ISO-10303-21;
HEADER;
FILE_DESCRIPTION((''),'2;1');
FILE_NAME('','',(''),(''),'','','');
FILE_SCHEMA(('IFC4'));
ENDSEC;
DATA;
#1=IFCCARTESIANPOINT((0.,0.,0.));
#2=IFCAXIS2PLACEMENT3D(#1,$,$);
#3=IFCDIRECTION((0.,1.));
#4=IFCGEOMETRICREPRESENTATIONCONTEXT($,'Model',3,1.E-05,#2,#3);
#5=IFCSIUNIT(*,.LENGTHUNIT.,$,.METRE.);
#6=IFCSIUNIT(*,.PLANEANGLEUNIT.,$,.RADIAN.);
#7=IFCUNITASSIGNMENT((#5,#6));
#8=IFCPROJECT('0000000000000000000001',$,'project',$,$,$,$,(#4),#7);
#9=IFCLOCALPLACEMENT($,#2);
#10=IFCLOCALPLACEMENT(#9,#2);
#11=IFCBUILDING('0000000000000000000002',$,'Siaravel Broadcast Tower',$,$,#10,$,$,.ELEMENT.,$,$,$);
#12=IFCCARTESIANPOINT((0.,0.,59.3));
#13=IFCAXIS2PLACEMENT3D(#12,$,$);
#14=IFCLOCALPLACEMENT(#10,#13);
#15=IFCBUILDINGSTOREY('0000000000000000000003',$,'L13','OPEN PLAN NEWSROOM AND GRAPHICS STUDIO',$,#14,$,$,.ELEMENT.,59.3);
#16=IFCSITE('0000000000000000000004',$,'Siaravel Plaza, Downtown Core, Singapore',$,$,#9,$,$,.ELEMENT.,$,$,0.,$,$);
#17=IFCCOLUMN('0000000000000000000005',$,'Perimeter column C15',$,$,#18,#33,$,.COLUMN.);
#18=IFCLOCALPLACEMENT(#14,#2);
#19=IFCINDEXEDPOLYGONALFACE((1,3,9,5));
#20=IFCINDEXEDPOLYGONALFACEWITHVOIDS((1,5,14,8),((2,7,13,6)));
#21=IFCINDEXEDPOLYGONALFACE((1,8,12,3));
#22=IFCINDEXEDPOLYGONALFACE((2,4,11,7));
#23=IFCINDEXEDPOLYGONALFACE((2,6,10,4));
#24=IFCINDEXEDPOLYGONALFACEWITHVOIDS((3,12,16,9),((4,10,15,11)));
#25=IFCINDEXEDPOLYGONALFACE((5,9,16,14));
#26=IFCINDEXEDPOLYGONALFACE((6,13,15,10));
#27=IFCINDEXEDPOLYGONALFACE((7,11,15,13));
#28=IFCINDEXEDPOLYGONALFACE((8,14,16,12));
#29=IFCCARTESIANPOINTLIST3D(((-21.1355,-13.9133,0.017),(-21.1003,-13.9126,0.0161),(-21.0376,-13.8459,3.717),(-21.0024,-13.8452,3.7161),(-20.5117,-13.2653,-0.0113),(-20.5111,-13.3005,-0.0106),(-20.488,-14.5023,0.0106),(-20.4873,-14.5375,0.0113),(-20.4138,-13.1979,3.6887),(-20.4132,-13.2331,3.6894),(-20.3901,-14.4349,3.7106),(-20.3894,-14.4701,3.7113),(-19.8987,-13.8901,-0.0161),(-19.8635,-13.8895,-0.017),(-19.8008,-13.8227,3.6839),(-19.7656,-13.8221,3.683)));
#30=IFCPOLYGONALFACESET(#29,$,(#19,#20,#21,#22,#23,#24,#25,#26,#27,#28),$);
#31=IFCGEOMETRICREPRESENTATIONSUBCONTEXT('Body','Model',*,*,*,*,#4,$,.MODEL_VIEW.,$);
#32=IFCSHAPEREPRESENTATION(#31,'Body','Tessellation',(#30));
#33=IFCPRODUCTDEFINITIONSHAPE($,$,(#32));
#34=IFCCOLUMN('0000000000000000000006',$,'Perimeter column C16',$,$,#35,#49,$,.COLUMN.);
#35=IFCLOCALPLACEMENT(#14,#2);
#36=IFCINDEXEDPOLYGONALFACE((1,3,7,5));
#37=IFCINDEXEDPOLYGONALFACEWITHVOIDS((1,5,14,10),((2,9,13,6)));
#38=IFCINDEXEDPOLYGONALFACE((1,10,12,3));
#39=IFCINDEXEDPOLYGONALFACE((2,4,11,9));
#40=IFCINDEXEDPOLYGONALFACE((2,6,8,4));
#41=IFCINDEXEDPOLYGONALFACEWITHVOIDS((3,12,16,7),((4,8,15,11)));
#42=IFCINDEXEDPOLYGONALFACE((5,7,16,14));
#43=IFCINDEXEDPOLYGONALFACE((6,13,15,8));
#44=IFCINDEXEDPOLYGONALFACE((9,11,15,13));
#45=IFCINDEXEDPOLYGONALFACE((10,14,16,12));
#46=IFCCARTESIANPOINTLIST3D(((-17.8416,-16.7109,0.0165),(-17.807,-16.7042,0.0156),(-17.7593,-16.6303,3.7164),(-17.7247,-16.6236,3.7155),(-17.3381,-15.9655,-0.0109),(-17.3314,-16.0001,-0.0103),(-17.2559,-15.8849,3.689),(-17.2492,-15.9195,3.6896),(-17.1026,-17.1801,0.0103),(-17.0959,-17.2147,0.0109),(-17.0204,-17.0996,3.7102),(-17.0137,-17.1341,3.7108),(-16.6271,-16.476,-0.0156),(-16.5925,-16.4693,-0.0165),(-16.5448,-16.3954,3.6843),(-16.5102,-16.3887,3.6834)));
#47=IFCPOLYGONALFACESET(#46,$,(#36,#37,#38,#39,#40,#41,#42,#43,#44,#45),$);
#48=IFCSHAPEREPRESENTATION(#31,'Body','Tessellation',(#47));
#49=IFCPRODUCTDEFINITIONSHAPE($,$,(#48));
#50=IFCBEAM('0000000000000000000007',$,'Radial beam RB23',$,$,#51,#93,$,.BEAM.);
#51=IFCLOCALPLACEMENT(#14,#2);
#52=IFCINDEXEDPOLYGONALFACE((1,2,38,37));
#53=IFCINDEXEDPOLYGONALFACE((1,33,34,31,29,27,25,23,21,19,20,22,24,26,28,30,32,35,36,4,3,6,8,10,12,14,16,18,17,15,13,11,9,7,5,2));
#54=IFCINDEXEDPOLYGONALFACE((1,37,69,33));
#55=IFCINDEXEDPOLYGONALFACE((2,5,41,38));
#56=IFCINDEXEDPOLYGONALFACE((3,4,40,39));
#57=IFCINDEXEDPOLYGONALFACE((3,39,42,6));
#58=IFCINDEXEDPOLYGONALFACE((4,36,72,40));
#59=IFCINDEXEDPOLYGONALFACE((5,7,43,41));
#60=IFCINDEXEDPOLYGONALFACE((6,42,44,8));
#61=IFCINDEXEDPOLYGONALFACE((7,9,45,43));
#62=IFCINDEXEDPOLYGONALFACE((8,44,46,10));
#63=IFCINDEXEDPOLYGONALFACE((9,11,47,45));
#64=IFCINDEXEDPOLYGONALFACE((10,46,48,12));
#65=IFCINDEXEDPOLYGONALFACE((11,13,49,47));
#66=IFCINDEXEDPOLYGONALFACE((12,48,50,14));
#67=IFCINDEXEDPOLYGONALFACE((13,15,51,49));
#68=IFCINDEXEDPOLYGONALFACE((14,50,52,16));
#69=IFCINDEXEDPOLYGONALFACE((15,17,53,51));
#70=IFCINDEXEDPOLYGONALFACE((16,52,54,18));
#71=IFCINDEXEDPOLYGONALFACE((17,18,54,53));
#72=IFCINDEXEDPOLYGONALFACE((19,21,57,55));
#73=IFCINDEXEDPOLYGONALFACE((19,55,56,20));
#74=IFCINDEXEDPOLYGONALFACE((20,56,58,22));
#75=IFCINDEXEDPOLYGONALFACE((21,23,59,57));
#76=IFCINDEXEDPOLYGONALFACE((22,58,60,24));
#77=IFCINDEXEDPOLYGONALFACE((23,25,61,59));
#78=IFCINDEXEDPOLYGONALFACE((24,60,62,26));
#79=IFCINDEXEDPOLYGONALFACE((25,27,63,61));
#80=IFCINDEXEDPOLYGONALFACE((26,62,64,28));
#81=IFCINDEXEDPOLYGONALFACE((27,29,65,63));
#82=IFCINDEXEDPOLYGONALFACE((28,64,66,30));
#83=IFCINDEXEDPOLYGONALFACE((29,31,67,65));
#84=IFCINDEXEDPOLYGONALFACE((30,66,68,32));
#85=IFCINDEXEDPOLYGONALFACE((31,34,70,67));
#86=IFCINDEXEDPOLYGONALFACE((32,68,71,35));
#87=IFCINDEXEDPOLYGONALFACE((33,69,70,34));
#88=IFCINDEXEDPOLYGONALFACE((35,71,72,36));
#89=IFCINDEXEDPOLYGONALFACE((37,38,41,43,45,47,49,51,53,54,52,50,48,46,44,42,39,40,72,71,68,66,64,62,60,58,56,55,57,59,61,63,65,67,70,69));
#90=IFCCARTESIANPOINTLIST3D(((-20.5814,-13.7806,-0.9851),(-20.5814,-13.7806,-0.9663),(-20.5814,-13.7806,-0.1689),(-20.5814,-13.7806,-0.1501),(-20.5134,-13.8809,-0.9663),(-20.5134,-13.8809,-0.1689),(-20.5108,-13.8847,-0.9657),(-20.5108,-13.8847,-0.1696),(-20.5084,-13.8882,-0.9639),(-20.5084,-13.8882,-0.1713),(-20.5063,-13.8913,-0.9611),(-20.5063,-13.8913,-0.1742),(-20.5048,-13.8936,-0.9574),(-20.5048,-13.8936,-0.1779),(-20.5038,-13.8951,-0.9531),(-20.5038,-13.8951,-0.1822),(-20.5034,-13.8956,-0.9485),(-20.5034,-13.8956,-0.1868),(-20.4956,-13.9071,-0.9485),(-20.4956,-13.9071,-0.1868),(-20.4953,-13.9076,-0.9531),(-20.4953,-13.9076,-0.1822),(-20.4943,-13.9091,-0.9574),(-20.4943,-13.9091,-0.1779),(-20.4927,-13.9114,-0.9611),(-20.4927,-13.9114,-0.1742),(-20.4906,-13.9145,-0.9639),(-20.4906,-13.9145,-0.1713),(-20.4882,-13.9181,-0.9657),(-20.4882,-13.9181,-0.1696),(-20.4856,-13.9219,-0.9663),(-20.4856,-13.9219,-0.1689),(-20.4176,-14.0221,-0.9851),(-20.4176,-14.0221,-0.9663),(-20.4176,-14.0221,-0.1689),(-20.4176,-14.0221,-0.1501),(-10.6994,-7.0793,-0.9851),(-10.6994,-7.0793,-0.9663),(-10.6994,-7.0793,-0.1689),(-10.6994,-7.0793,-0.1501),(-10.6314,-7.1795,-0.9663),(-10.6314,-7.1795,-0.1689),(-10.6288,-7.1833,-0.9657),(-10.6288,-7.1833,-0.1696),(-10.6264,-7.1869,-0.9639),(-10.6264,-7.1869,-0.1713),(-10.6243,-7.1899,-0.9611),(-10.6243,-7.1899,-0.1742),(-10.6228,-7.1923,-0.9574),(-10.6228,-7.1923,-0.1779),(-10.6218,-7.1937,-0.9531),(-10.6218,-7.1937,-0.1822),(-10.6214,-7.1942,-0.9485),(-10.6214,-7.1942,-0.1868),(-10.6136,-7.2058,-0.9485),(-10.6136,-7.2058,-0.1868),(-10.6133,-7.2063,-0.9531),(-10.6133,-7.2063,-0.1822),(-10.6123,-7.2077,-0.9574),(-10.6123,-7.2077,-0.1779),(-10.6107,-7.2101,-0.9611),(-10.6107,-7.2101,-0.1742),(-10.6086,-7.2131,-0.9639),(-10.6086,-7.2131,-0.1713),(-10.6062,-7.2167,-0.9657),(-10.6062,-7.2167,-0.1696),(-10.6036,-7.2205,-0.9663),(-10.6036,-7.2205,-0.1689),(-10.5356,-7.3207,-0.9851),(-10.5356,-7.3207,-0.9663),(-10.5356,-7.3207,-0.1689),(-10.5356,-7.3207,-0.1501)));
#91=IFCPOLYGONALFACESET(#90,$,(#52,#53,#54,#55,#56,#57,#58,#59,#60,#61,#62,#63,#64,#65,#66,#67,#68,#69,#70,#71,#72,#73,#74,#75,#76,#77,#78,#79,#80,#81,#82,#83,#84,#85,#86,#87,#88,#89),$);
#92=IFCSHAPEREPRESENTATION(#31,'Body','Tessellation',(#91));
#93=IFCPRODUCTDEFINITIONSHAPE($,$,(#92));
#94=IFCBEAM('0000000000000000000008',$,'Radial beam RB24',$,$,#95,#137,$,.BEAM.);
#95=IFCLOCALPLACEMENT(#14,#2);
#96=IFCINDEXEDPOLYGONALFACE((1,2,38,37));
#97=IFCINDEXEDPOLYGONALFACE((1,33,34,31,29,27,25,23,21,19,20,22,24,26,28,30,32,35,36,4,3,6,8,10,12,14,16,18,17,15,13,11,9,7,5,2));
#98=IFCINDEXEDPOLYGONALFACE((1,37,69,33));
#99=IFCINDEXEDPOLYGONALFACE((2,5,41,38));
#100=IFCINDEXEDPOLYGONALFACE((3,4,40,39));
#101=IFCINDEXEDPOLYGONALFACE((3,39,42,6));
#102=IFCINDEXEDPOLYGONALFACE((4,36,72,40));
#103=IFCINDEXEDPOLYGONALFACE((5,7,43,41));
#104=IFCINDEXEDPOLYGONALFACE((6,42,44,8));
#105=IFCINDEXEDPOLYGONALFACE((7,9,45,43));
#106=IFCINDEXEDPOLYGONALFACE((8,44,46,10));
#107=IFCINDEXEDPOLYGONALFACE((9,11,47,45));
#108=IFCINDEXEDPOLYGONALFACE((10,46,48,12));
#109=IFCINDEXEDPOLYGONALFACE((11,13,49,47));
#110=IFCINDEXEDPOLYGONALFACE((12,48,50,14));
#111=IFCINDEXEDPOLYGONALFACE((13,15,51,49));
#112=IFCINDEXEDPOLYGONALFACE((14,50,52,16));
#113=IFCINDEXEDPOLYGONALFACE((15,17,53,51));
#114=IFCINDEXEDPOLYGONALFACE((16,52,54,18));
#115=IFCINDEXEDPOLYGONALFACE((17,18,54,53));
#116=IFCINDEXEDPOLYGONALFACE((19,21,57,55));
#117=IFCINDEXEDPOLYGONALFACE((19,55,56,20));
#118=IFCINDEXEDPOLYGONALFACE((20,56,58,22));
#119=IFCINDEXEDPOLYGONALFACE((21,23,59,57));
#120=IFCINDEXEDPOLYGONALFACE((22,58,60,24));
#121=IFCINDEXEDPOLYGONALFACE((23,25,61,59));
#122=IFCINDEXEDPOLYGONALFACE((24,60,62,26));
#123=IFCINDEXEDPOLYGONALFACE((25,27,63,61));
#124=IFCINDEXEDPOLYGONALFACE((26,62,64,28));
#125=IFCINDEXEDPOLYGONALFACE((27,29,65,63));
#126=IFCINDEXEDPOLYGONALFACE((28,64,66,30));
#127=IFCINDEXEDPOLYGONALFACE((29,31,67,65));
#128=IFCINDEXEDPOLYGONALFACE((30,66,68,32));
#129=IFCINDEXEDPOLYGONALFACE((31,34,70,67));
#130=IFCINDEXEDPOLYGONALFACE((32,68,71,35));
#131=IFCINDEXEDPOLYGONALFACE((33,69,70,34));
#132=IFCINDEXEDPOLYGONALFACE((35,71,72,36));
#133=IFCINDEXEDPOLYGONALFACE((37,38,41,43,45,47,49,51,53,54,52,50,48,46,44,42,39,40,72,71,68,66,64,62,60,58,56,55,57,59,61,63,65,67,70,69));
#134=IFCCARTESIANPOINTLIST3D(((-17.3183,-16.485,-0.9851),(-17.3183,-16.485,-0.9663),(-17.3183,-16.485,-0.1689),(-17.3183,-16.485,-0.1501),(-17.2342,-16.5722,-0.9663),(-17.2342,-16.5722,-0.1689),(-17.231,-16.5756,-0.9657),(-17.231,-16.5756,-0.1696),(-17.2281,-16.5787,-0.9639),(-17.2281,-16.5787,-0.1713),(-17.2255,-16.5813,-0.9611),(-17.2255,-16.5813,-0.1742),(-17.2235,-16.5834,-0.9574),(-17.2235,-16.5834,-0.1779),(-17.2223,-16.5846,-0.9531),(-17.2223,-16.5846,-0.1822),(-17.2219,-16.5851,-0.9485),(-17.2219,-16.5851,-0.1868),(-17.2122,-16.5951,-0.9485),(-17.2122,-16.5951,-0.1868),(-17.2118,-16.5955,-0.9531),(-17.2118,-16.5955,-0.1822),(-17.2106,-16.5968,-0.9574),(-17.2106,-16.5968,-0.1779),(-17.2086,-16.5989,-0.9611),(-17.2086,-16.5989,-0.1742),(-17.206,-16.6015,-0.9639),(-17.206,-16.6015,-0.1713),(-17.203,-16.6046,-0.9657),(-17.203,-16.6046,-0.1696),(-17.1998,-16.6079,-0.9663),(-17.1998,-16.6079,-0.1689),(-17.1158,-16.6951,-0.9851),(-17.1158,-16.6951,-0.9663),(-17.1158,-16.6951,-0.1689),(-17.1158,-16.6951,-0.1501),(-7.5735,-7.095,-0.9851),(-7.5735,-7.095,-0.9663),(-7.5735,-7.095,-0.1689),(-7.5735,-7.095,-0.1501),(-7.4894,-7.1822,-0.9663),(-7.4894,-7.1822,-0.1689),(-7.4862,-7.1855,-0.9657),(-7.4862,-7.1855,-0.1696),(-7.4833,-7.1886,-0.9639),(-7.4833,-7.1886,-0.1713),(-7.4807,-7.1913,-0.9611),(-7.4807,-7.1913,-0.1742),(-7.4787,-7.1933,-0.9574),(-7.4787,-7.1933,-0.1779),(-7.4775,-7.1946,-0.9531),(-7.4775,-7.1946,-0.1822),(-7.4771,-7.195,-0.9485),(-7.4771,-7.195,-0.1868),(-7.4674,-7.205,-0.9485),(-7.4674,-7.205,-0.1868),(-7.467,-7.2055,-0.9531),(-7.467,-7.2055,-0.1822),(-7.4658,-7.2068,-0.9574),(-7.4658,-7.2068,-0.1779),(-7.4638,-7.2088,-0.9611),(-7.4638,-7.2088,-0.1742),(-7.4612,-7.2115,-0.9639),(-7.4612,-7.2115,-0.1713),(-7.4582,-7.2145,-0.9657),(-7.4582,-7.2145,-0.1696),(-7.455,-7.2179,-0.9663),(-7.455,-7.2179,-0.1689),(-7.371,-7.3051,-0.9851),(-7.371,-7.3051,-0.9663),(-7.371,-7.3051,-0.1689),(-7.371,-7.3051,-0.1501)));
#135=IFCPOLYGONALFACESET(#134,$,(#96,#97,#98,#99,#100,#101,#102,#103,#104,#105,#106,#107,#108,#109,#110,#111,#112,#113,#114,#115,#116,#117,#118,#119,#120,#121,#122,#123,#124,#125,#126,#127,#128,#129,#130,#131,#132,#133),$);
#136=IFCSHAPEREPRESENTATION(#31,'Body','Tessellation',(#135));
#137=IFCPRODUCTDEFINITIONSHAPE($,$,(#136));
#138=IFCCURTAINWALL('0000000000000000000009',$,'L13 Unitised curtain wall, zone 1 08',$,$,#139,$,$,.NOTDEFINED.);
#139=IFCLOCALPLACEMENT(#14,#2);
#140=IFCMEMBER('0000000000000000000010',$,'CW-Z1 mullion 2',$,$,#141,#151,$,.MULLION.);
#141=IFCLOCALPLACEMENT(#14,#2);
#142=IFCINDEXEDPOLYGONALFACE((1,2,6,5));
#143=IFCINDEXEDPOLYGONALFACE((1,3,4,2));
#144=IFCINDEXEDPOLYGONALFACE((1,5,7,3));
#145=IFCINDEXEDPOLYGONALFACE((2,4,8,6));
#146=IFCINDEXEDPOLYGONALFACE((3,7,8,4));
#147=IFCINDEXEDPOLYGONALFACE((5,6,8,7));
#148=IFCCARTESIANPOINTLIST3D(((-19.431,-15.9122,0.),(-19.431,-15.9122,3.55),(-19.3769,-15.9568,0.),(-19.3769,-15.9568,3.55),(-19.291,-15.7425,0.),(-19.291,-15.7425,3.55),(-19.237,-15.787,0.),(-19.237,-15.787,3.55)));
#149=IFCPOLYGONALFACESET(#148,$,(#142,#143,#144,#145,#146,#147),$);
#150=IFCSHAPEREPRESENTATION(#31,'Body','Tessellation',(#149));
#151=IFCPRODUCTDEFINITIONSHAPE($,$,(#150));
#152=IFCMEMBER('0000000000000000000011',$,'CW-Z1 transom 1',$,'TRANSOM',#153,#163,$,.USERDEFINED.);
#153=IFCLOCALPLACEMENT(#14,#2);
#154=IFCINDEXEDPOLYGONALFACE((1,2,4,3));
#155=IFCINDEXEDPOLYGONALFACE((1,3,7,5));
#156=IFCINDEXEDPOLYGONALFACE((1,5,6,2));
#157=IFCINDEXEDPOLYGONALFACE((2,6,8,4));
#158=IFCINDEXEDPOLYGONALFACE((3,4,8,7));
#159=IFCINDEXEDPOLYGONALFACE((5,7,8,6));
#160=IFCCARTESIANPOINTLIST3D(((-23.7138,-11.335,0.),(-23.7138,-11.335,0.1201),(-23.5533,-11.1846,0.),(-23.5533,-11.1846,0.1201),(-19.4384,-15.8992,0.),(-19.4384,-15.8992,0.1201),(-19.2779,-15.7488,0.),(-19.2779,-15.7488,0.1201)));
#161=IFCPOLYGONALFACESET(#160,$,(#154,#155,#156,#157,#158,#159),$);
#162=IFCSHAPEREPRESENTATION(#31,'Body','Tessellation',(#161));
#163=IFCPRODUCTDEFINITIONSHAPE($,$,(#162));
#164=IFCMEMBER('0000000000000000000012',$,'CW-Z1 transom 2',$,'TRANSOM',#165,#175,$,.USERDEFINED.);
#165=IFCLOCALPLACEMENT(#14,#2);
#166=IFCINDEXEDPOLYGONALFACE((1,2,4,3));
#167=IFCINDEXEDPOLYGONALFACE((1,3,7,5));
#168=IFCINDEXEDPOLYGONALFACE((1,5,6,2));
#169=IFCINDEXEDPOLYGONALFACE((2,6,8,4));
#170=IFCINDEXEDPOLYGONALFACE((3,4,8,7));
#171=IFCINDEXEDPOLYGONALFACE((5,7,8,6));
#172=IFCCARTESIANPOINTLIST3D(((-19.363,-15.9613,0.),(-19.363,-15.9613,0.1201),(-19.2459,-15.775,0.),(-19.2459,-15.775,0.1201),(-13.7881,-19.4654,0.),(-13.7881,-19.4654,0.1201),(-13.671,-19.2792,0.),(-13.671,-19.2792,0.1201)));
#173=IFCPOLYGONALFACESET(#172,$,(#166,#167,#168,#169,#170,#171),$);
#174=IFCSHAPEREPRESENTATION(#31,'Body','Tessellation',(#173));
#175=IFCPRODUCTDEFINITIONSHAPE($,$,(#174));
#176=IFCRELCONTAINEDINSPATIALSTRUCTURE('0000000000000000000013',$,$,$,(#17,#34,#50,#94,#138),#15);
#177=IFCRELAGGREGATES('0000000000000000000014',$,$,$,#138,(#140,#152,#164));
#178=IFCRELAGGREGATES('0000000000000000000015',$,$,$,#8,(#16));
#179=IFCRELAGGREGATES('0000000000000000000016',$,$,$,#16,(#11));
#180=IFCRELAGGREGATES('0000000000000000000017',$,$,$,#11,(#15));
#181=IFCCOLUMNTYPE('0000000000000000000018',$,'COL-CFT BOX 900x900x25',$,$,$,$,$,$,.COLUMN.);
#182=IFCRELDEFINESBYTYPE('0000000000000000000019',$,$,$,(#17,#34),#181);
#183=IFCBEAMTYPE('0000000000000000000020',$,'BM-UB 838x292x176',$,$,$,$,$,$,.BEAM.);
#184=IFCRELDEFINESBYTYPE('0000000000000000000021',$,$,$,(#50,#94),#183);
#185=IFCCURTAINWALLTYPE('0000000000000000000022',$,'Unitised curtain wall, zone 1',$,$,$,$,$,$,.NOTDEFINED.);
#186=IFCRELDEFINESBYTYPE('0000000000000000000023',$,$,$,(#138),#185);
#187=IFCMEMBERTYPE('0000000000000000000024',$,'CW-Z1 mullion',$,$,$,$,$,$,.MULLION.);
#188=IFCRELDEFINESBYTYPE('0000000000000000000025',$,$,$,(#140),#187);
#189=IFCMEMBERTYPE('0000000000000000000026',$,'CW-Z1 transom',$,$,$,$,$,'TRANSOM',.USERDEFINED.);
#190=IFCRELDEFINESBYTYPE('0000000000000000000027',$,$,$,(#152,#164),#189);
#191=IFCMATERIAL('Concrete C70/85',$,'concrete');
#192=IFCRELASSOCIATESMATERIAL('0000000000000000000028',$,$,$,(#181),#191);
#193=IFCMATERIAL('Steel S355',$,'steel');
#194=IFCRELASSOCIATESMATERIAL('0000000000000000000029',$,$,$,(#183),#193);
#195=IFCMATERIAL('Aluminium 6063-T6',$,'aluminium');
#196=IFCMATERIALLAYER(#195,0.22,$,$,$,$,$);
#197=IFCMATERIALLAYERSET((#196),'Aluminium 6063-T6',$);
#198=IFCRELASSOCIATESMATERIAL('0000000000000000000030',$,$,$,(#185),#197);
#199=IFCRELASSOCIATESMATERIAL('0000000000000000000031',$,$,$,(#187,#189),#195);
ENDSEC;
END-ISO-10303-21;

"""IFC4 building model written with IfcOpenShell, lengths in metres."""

from ifc_helpers import new_model, si_unit, direction, frame, origin, origin_2d, place, context, subcontext, project, spatial, rectangle, hollow_rectangle, i_section, extrude, material, layer, layer_set, material_profile, profile_set, type_object, element, aggregate, save


model = new_model("IFC4")

# Units and contexts
model_context = context("Model", 3, precision=1e-05, world=origin(), true_north=direction((0.0, 1.0)))
body_context = subcontext(model_context, "Body", "Model", "MODEL_VIEW")
ifc_project = project(units=[si_unit("LENGTHUNIT", "METRE"), si_unit("PLANEANGLEUNIT", "RADIAN")], contexts=[model_context])

# Site, building, storey
site_placement = place(None, origin())
site = spatial("IfcSite", under=ifc_project, at=site_placement, Name="Siaravel Plaza, Downtown Core, Singapore", CompositionType="ELEMENT", RefElevation=0.0)
building_placement = place(site_placement, origin())
building = spatial("IfcBuilding", under=site, at=building_placement, Name="Siaravel Broadcast Tower", CompositionType="ELEMENT")
storey_placement = place(building_placement, frame((0.0, 0.0, 59.3)))
storey = spatial("IfcBuildingStorey", under=building, at=storey_placement, Name="L13", Description="OPEN PLAN NEWSROOM AND GRAPHICS STUDIO", CompositionType="ELEMENT", Elevation=59.3)

# Columns
ifc_material_1 = material(Name="Concrete C70/85", Category="concrete")
ifc_material_profile_1 = material_profile(ifc_material_1, hollow_rectangle(XDim=0.8999, YDim=0.8999, WallThickness=0.0249, at=origin_2d()))
ifc_profile_set_1 = profile_set([ifc_material_profile_1], Name="Concrete C70/85")
column_type = type_object("IfcColumnType", Name="COL-CFT BOX 900x900x25", PredefinedType="COLUMN", material=ifc_profile_set_1)
column_1_placement = place(storey_placement, frame((-20.4995, -13.9014, 0.0), z_axis=(0.026446, 0.018202, 0.999484), x_axis=(-0.720307, 0.693626, 0.006427)))
element("IfcColumn", 1, at=column_1_placement, inside=storey, type_object=column_type, Name="Perimeter column C15", PredefinedType="COLUMN", context=body_context, shape_type="SweptSolid", body=[
    extrude(hollow_rectangle(XDim=0.8999, YDim=0.8999, WallThickness=0.0249, at=origin_2d()), origin(), (0.0, 0.0, 1.0), 3.7019),
])
column_2_placement = place(storey_placement, frame((-17.217, -16.5901, 0.0), z_axis=(0.022226, 0.021764, 0.999516), x_axis=(-0.828575, 0.559843, 0.006234)))
element("IfcColumn", 2, at=column_2_placement, inside=storey, type_object=column_type, Name="Perimeter column C16", PredefinedType="COLUMN", context=body_context, shape_type="SweptSolid", body=[
    extrude(hollow_rectangle(XDim=0.8999, YDim=0.8999, WallThickness=0.0249, at=origin_2d()), origin(), (0.0, 0.0, 1.0), 3.7017),
])

# Beams
ifc_material_2 = material(Name="Steel S355", Category="steel")
ifc_material_profile_2 = material_profile(ifc_material_2, i_section(OverallWidth=0.2917, OverallDepth=0.835, WebThickness=0.0139, FlangeThickness=0.0188, FilletRadius=0.0178, at=origin_2d()))
ifc_profile_set_2 = profile_set([ifc_material_profile_2], Name="Steel S355")
beam_type = type_object("IfcBeamType", Name="BM-UB 838x292x176", PredefinedType="BEAM", material=ifc_profile_set_2)
beam_1_placement = place(storey_placement, frame((-20.4995, -13.9014, -0.5676), z_axis=(0.827642, 0.561256, 0.0), x_axis=(-0.561256, 0.827642, 0.0)))
element("IfcBeam", 3, at=beam_1_placement, inside=storey, type_object=beam_type, Name="Radial beam RB23", PredefinedType="BEAM", context=body_context, shape_type="SweptSolid", body=[
    extrude(i_section(OverallWidth=0.2917, OverallDepth=0.835, WebThickness=0.0139, FlangeThickness=0.0188, FilletRadius=0.0178, at=origin_2d()), origin(), (0.0, 0.0, 1.0), 11.9399),
])
beam_2_placement = place(storey_placement, frame((-17.217, -16.5901, -0.5676), z_axis=(0.720092, 0.693879, 0.0), x_axis=(-0.693879, 0.720092, 0.0)))
element("IfcBeam", 4, at=beam_2_placement, inside=storey, type_object=beam_type, Name="Radial beam RB24", PredefinedType="BEAM", context=body_context, shape_type="SweptSolid", body=[
    extrude(i_section(OverallWidth=0.2917, OverallDepth=0.835, WebThickness=0.0139, FlangeThickness=0.0188, FilletRadius=0.0178, at=origin_2d()), origin(), (0.0, 0.0, 1.0), 13.5327),
])

# Curtain wall, members
ifc_material_3 = material(Name="Aluminium 6063-T6", Category="aluminium")
ifc_layer_1 = layer(ifc_material_3, 0.22)
ifc_layer_set_1 = layer_set([ifc_layer_1], Name="Aluminium 6063-T6")
curtain_wall_type = type_object("IfcCurtainWallType", Name="Unitised curtain wall, zone 1", PredefinedType="NOTDEFINED", material=ifc_layer_set_1)
curtain_wall_placement = place(storey_placement, origin())
curtain_wall = element("IfcCurtainWall", 5, at=curtain_wall_placement, inside=storey, type_object=curtain_wall_type, Name="L13 Unitised curtain wall, zone 1 08", PredefinedType="NOTDEFINED")
ifc_material_profile_3 = material_profile(ifc_material_3, rectangle(XDim=0.22, YDim=0.0701, at=origin_2d()))
ifc_profile_set_3 = profile_set([ifc_material_profile_3], Name="Aluminium 6063-T6")
member_type_1 = type_object("IfcMemberType", Name="CW-Z1 mullion", PredefinedType="MULLION", material=ifc_profile_set_3)
member_1_placement = place(storey_placement, frame((-19.334, -15.8496, 0.0), z_axis=(0.0, 0.0, 1.0), x_axis=(0.636217, 0.77151, 0.0)))
member_1 = element("IfcMember", 6, at=member_1_placement, type_object=member_type_1, Name="CW-Z1 mullion 2", PredefinedType="MULLION", context=body_context, shape_type="SweptSolid", body=[
    extrude(rectangle(XDim=0.22, YDim=0.0701, at=origin_2d()), origin(), (0.0, 0.0, 1.0), 3.55),
])
ifc_material_profile_4 = material_profile(ifc_material_3, rectangle(XDim=0.22, YDim=0.1201, at=origin_2d()))
ifc_profile_set_4 = profile_set([ifc_material_profile_4], Name="Aluminium 6063-T6")
member_type_2 = type_object("IfcMemberType", Name="CW-Z1 transom", ElementType="TRANSOM", PredefinedType="USERDEFINED", material=ifc_profile_set_4)
member_2_placement = place(storey_placement, frame((-23.6335, -11.2598, 0.0601), z_axis=(0.683639, -0.729821, 0.0), x_axis=(0.729821, 0.683639, 0.0)))
member_2 = element("IfcMember", 7, at=member_2_placement, type_object=member_type_2, Name="CW-Z1 transom 1", ObjectType="TRANSOM", PredefinedType="USERDEFINED", context=body_context, shape_type="SweptSolid", body=[
    extrude(rectangle(XDim=0.22, YDim=0.1201, at=origin_2d()), origin(), (0.0, 0.0, 1.0), 6.2539),
])
member_3_placement = place(storey_placement, frame((-19.3044, -15.8682, 0.0601), z_axis=(0.846644, -0.53216, 0.0), x_axis=(0.53216, 0.846644, 0.0)))
member_3 = element("IfcMember", 8, at=member_3_placement, type_object=member_type_2, Name="CW-Z1 transom 2", ObjectType="TRANSOM", PredefinedType="USERDEFINED", context=body_context, shape_type="SweptSolid", body=[
    extrude(rectangle(XDim=0.22, YDim=0.1201, at=origin_2d()), origin(), (0.0, 0.0, 1.0), 6.5847),
])

aggregate(curtain_wall, [member_1, member_2, member_3])

save(model, "model.ifc")
